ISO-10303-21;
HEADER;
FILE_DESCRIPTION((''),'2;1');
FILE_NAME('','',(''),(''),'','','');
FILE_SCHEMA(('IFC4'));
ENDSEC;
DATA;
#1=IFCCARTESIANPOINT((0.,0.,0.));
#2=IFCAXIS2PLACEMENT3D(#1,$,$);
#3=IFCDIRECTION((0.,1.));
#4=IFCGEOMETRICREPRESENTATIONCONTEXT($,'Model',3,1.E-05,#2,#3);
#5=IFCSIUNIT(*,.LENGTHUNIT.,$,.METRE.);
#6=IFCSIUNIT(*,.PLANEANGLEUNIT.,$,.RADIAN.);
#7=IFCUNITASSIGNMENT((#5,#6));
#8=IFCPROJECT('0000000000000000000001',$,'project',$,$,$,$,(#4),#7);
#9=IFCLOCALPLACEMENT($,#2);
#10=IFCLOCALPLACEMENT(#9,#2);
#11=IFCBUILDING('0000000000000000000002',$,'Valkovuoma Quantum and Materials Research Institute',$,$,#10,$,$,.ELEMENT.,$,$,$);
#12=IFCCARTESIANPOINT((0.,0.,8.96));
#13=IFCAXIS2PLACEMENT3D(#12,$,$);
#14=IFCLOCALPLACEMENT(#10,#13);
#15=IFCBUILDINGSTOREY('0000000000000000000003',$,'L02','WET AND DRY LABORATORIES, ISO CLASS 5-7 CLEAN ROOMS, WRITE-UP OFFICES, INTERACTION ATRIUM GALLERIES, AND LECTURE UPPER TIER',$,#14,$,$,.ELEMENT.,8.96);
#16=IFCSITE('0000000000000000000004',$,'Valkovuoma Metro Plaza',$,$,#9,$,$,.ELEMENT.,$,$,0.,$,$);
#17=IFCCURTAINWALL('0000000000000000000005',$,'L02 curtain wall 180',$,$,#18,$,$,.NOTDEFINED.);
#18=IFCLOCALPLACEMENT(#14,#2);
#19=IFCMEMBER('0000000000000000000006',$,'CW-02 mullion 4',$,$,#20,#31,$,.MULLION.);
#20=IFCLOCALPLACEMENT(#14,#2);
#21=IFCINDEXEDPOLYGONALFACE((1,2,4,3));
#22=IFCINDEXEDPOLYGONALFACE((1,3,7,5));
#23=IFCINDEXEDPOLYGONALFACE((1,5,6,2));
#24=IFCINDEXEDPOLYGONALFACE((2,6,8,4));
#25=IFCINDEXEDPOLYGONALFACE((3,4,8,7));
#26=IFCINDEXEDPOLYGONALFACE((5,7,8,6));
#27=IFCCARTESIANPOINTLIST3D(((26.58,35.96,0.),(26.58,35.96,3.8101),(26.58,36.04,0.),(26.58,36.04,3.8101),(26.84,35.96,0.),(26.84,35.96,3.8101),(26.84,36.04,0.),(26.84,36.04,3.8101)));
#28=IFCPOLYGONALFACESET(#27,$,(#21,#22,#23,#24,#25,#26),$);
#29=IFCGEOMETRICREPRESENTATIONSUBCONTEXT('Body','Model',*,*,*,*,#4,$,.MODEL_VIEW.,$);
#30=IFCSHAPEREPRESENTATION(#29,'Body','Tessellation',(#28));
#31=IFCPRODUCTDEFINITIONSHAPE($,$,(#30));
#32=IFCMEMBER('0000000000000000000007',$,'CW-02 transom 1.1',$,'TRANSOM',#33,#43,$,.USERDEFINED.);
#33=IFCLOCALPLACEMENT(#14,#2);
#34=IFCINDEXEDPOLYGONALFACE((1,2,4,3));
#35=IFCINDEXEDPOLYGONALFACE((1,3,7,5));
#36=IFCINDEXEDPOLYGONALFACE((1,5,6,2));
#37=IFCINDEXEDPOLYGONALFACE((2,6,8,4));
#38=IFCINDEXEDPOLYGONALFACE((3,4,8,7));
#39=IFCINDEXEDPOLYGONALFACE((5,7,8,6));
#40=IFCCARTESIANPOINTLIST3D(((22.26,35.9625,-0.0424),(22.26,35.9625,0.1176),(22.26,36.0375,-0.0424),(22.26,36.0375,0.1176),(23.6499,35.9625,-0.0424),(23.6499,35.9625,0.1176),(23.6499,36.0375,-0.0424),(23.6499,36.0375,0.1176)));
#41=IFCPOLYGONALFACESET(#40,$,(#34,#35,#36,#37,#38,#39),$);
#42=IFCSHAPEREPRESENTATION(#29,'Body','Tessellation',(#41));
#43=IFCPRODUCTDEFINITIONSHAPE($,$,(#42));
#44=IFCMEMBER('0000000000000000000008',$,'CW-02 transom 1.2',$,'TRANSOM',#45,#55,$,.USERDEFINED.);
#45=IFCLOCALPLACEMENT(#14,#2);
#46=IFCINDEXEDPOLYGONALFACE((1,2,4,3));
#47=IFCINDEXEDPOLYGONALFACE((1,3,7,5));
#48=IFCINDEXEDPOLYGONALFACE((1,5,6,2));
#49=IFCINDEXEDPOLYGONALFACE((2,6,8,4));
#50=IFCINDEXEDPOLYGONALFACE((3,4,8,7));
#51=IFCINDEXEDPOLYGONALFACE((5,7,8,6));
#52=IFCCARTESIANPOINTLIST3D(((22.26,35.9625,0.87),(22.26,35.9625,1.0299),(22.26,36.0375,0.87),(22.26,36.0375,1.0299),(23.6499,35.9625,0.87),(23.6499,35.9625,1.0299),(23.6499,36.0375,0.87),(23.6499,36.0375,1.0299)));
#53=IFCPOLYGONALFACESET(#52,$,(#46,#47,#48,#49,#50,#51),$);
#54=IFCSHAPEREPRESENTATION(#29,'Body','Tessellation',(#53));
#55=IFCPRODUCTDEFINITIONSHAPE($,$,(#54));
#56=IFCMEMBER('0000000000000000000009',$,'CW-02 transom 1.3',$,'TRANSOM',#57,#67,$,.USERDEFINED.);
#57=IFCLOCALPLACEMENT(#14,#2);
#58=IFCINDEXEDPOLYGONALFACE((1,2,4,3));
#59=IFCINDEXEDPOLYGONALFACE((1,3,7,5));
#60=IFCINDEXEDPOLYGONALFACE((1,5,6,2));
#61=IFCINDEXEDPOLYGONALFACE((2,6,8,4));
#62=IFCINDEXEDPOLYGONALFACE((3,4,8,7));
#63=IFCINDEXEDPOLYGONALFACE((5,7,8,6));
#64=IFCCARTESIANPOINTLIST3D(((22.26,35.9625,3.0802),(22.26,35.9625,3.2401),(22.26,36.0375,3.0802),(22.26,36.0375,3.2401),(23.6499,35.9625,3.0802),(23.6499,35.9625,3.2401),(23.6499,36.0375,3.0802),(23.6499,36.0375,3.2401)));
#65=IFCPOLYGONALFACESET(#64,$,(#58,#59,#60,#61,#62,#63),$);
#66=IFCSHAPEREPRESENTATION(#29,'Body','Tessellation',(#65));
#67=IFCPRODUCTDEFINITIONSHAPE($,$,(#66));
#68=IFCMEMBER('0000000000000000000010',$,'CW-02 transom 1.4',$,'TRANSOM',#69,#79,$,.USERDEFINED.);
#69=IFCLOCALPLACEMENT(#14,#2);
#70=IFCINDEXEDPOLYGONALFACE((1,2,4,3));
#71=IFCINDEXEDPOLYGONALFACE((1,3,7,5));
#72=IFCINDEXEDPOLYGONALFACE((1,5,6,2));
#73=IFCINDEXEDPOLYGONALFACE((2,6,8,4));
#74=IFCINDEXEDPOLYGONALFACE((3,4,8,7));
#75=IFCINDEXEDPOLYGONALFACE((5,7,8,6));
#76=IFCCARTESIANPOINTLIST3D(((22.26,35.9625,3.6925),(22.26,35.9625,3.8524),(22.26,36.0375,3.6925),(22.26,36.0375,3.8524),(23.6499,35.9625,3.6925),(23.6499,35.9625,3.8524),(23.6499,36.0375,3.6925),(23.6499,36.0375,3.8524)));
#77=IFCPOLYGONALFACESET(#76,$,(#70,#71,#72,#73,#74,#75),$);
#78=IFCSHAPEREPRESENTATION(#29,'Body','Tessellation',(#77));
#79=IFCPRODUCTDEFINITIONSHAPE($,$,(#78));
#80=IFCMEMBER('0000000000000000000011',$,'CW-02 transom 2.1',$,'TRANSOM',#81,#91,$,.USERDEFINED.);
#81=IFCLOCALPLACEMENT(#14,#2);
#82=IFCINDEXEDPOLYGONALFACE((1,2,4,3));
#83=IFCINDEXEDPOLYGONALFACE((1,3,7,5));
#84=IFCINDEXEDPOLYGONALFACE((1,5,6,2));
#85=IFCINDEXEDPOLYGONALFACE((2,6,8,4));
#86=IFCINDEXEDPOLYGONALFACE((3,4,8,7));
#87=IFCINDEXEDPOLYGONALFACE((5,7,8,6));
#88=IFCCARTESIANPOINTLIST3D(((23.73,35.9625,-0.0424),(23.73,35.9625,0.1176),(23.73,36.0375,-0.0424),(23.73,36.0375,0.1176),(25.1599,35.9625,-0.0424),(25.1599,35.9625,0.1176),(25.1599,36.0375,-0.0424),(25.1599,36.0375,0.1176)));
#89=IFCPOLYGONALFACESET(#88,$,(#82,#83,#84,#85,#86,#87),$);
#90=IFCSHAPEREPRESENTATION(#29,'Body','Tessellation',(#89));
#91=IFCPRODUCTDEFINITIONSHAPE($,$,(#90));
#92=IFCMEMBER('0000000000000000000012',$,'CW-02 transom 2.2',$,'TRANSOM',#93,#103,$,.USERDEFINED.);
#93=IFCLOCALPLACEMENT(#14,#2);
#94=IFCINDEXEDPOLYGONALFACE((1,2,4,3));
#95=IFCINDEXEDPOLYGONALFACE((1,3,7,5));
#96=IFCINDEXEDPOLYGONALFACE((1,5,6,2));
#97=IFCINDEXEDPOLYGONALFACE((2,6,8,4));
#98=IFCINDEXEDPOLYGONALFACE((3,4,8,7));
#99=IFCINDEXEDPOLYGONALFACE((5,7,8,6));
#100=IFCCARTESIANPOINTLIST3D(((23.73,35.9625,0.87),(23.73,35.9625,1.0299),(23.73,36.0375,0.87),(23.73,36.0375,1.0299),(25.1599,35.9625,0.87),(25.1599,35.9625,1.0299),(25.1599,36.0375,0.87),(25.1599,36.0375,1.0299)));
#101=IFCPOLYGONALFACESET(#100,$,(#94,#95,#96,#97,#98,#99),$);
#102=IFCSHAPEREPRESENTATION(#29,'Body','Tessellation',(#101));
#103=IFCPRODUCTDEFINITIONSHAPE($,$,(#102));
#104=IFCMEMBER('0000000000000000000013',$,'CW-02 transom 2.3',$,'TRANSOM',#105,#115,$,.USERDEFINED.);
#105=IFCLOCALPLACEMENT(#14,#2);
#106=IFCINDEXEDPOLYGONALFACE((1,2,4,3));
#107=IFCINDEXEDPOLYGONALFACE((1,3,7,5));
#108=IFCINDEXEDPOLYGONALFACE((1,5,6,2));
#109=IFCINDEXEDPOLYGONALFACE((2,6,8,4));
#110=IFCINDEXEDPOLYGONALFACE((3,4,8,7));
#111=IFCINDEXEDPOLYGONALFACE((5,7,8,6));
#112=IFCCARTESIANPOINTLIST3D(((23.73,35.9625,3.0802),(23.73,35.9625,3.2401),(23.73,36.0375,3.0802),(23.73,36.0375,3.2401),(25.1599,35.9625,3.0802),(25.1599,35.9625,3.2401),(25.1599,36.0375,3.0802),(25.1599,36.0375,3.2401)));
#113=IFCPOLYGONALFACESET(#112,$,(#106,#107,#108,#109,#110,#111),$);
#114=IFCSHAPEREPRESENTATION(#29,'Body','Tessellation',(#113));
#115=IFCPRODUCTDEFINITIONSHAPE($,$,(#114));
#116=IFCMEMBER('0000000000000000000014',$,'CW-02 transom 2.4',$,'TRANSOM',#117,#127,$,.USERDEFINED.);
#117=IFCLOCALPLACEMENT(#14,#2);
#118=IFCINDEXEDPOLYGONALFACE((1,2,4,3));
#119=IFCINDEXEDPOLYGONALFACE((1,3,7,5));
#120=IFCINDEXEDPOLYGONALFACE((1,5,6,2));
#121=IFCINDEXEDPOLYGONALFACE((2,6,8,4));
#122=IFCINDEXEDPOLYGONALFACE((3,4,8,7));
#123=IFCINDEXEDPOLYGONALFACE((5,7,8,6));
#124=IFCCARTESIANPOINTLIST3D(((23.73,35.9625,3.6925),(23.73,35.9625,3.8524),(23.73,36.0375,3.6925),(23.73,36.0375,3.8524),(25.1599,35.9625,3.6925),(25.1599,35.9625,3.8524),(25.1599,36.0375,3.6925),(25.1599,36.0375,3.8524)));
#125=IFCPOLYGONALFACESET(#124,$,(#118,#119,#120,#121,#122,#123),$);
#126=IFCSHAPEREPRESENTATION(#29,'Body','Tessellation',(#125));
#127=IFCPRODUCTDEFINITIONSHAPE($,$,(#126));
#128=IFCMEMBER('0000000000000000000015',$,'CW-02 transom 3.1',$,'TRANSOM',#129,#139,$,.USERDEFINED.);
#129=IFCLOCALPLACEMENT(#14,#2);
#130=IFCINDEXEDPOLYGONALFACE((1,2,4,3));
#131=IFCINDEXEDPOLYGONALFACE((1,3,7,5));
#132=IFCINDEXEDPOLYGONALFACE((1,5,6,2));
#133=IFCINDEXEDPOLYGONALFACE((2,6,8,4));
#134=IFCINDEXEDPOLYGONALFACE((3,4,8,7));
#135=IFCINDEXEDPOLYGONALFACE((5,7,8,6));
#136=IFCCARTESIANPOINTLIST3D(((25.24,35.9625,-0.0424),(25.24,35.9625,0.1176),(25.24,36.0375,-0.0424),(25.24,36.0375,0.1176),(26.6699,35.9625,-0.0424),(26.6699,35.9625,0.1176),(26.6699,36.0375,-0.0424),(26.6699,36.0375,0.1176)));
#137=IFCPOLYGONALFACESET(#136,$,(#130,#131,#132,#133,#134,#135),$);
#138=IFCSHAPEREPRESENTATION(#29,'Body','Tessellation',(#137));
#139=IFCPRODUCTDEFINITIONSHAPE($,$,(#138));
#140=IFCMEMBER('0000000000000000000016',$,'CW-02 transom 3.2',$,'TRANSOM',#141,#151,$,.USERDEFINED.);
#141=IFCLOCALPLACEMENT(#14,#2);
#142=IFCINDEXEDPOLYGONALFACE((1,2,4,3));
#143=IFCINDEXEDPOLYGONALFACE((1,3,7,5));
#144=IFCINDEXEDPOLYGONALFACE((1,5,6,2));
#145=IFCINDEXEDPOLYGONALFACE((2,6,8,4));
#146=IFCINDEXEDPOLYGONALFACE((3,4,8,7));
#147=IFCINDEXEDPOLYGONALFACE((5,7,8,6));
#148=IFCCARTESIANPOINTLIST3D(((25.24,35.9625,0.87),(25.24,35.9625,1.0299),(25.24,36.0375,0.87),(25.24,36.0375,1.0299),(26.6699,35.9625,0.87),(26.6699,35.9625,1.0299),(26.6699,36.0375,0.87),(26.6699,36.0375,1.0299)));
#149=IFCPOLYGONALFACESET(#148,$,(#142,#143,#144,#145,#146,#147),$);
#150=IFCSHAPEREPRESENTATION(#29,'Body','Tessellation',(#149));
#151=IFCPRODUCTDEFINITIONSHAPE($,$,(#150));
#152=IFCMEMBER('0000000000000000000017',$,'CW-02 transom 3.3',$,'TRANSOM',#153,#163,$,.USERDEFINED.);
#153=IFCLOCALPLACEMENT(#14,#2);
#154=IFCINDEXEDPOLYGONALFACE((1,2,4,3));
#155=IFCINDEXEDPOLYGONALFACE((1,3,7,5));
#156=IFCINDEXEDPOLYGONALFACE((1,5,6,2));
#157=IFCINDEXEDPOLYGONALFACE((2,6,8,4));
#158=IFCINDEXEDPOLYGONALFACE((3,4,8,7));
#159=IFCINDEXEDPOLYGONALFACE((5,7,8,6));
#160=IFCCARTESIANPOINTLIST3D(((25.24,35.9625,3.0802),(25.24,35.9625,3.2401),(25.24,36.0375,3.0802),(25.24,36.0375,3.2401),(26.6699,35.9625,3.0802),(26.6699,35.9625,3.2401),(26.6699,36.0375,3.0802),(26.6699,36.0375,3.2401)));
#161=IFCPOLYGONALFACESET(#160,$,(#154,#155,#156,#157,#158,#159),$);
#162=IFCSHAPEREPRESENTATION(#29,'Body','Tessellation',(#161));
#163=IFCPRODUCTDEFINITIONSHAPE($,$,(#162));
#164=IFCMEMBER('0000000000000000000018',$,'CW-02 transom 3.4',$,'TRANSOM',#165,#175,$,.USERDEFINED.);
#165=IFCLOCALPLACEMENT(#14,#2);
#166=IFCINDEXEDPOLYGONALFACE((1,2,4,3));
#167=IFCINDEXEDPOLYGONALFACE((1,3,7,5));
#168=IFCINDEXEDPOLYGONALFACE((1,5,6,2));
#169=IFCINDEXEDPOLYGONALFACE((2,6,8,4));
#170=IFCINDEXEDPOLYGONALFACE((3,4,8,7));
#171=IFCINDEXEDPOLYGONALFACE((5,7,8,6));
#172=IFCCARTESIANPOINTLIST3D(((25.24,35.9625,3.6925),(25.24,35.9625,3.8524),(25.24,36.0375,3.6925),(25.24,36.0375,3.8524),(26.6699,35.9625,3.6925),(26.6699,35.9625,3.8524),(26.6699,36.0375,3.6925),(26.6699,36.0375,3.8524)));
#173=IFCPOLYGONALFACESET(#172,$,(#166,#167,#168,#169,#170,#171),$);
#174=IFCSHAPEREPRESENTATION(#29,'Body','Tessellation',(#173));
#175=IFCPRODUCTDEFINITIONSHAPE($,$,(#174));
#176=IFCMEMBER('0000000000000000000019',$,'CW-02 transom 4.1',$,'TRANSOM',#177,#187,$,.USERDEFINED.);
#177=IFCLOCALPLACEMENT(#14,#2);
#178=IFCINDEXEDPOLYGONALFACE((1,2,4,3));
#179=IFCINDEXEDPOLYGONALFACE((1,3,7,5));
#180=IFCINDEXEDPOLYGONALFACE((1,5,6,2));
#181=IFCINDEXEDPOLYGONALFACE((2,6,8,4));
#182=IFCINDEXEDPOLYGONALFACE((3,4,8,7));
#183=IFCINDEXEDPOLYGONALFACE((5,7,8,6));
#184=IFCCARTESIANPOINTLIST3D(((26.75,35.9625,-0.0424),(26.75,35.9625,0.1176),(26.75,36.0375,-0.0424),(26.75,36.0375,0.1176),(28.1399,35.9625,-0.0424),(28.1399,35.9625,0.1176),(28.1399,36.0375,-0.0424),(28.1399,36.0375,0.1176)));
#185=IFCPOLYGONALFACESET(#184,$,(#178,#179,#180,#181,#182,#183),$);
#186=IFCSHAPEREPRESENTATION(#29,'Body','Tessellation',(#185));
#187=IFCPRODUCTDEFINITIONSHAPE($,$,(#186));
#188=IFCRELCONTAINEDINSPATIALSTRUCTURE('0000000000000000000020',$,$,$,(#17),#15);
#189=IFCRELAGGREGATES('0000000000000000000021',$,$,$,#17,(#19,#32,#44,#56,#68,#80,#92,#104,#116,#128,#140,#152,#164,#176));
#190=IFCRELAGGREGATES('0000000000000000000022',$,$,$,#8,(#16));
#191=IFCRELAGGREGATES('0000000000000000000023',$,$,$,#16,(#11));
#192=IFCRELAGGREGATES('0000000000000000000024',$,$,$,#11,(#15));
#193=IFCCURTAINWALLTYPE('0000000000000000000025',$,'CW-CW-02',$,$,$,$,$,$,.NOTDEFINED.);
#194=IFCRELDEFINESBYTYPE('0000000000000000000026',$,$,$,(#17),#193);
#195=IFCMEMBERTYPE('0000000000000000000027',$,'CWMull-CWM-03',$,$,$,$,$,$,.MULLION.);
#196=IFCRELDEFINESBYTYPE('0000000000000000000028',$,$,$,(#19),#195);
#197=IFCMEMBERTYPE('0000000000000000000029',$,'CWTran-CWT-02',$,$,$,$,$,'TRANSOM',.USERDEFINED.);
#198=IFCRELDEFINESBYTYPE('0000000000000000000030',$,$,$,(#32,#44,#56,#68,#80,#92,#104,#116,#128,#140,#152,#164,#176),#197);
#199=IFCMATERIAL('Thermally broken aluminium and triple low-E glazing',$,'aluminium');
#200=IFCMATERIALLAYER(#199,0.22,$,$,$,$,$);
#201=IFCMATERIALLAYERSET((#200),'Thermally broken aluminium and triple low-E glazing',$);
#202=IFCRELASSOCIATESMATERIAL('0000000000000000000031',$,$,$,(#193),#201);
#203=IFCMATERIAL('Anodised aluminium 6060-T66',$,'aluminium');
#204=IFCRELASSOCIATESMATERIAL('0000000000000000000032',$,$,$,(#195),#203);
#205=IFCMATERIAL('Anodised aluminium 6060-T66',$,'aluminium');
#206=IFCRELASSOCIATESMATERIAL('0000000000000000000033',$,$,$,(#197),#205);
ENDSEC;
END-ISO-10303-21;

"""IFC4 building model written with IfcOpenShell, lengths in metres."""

from ifc_helpers import new_model, si_unit, direction, frame, origin, origin_2d, place, context, subcontext, project, spatial, rectangle, extrude, material, layer, layer_set, material_profile, profile_set, type_object, element, aggregate, save


model = new_model("IFC4")

# Units and contexts
model_context = context("Model", 3, precision=1e-05, world=origin(), true_north=direction((0.0, 1.0)))
body_context = subcontext(model_context, "Body", "Model", "MODEL_VIEW")
ifc_project = project(units=[si_unit("LENGTHUNIT", "METRE"), si_unit("PLANEANGLEUNIT", "RADIAN")], contexts=[model_context])

# Site, building, storey
site_placement = place(None, origin())
site = spatial("IfcSite", under=ifc_project, at=site_placement, Name="Valkovuoma Metro Plaza", CompositionType="ELEMENT", RefElevation=0.0)
building_placement = place(site_placement, origin())
building = spatial("IfcBuilding", under=site, at=building_placement, Name="Valkovuoma Quantum and Materials Research Institute", CompositionType="ELEMENT")
storey_placement = place(building_placement, frame((0.0, 0.0, 8.96)))
storey = spatial("IfcBuildingStorey", under=building, at=storey_placement, Name="L02", Description="WET AND DRY LABORATORIES, ISO CLASS 5-7 CLEAN ROOMS, WRITE-UP OFFICES, INTERACTION ATRIUM GALLERIES, AND LECTURE UPPER TIER", CompositionType="ELEMENT", Elevation=8.96)

# Shared definitions
ifc_material_1 = material(Name="Thermally broken aluminium and triple low-E glazing", Category="aluminium")
ifc_layer_1 = layer(ifc_material_1, 0.22)
ifc_layer_set_1 = layer_set([ifc_layer_1], Name="Thermally broken aluminium and triple low-E glazing")
curtain_wall_type = type_object("IfcCurtainWallType", Name="CW-CW-02", PredefinedType="NOTDEFINED", material=ifc_layer_set_1)
ifc_material_2 = material(Name="Anodised aluminium 6060-T66", Category="aluminium")
ifc_material_profile_1 = material_profile(ifc_material_2, rectangle(XDim=0.0801, YDim=0.26, at=origin_2d()), Name="Anodised aluminium 6060-T66")
ifc_profile_set_1 = profile_set([ifc_material_profile_1], Name="Anodised aluminium 6060-T66")
member_type_1 = type_object("IfcMemberType", Name="CWMull-CWM-03", PredefinedType="MULLION", material=ifc_profile_set_1)

# Curtain wall, members
curtain_wall_1_placement = place(storey_placement, origin())
curtain_wall_1 = element("IfcCurtainWall", 1, at=curtain_wall_1_placement, inside=storey, type_object=curtain_wall_type, Name="L02 curtain wall 180", PredefinedType="NOTDEFINED")
member_1_placement = place(storey_placement, frame((26.71, 36.0, 0.0), z_axis=(0.0, 0.0, 1.0), x_axis=(0.0, 1.0, 0.0)))
member_1 = element("IfcMember", 2, at=member_1_placement, type_object=member_type_1, Name="CW-02 mullion 4", PredefinedType="MULLION", context=body_context, shape_type="SweptSolid", body=[
    extrude(rectangle(XDim=0.0801, YDim=0.26, at=origin_2d()), origin(), (0.0, 0.0, 1.0), 3.8101),
])
ifc_material_3 = material(Name="Anodised aluminium 6060-T66", Category="aluminium")
ifc_material_profile_2 = material_profile(ifc_material_3, rectangle(XDim=0.075, YDim=0.1599, at=origin_2d()), Name="Anodised aluminium 6060-T66")
ifc_profile_set_2 = profile_set([ifc_material_profile_2], Name="Anodised aluminium 6060-T66")
member_type_2 = type_object("IfcMemberType", Name="CWTran-CWT-02", ElementType="TRANSOM", PredefinedType="USERDEFINED", material=ifc_profile_set_2)
member_2_placement = place(storey_placement, frame((22.26, 36.0, 0.0376), z_axis=(1.0, 0.0, 0.0), x_axis=(0.0, 1.0, 0.0)))
member_2 = element("IfcMember", 3, at=member_2_placement, type_object=member_type_2, Name="CW-02 transom 1.1", ObjectType="TRANSOM", PredefinedType="USERDEFINED", context=body_context, shape_type="SweptSolid", body=[
    extrude(rectangle(XDim=0.075, YDim=0.1599, at=origin_2d()), origin(), (0.0, 0.0, 1.0), 1.3899),
])
member_3_placement = place(storey_placement, frame((22.26, 36.0, 0.95), z_axis=(1.0, 0.0, 0.0), x_axis=(0.0, 1.0, 0.0)))
member_3 = element("IfcMember", 4, at=member_3_placement, type_object=member_type_2, Name="CW-02 transom 1.2", ObjectType="TRANSOM", PredefinedType="USERDEFINED", context=body_context, shape_type="SweptSolid", body=[
    extrude(rectangle(XDim=0.075, YDim=0.1599, at=origin_2d()), origin(), (0.0, 0.0, 1.0), 1.3899),
])
member_4_placement = place(storey_placement, frame((22.26, 36.0, 3.1602), z_axis=(1.0, 0.0, 0.0), x_axis=(0.0, 1.0, 0.0)))
member_4 = element("IfcMember", 5, at=member_4_placement, type_object=member_type_2, Name="CW-02 transom 1.3", ObjectType="TRANSOM", PredefinedType="USERDEFINED", context=body_context, shape_type="SweptSolid", body=[
    extrude(rectangle(XDim=0.075, YDim=0.1599, at=origin_2d()), origin(), (0.0, 0.0, 1.0), 1.3899),
])
member_5_placement = place(storey_placement, frame((22.26, 36.0, 3.7725), z_axis=(1.0, 0.0, 0.0), x_axis=(0.0, 1.0, 0.0)))
member_5 = element("IfcMember", 6, at=member_5_placement, type_object=member_type_2, Name="CW-02 transom 1.4", ObjectType="TRANSOM", PredefinedType="USERDEFINED", context=body_context, shape_type="SweptSolid", body=[
    extrude(rectangle(XDim=0.075, YDim=0.1599, at=origin_2d()), origin(), (0.0, 0.0, 1.0), 1.3899),
])
member_6_placement = place(storey_placement, frame((23.73, 36.0, 0.0376), z_axis=(1.0, 0.0, 0.0), x_axis=(0.0, 1.0, 0.0)))
member_6 = element("IfcMember", 7, at=member_6_placement, type_object=member_type_2, Name="CW-02 transom 2.1", ObjectType="TRANSOM", PredefinedType="USERDEFINED", context=body_context, shape_type="SweptSolid", body=[
    extrude(rectangle(XDim=0.075, YDim=0.1599, at=origin_2d()), origin(), (0.0, 0.0, 1.0), 1.4299),
])
member_7_placement = place(storey_placement, frame((23.73, 36.0, 0.95), z_axis=(1.0, 0.0, 0.0), x_axis=(0.0, 1.0, 0.0)))
member_7 = element("IfcMember", 8, at=member_7_placement, type_object=member_type_2, Name="CW-02 transom 2.2", ObjectType="TRANSOM", PredefinedType="USERDEFINED", context=body_context, shape_type="SweptSolid", body=[
    extrude(rectangle(XDim=0.075, YDim=0.1599, at=origin_2d()), origin(), (0.0, 0.0, 1.0), 1.4299),
])
member_8_placement = place(storey_placement, frame((23.73, 36.0, 3.1602), z_axis=(1.0, 0.0, 0.0), x_axis=(0.0, 1.0, 0.0)))
member_8 = element("IfcMember", 9, at=member_8_placement, type_object=member_type_2, Name="CW-02 transom 2.3", ObjectType="TRANSOM", PredefinedType="USERDEFINED", context=body_context, shape_type="SweptSolid", body=[
    extrude(rectangle(XDim=0.075, YDim=0.1599, at=origin_2d()), origin(), (0.0, 0.0, 1.0), 1.4299),
])
member_9_placement = place(storey_placement, frame((23.73, 36.0, 3.7725), z_axis=(1.0, 0.0, 0.0), x_axis=(0.0, 1.0, 0.0)))
member_9 = element("IfcMember", 10, at=member_9_placement, type_object=member_type_2, Name="CW-02 transom 2.4", ObjectType="TRANSOM", PredefinedType="USERDEFINED", context=body_context, shape_type="SweptSolid", body=[
    extrude(rectangle(XDim=0.075, YDim=0.1599, at=origin_2d()), origin(), (0.0, 0.0, 1.0), 1.4299),
])
member_10_placement = place(storey_placement, frame((25.24, 36.0, 0.0376), z_axis=(1.0, 0.0, 0.0), x_axis=(0.0, 1.0, 0.0)))
member_10 = element("IfcMember", 11, at=member_10_placement, type_object=member_type_2, Name="CW-02 transom 3.1", ObjectType="TRANSOM", PredefinedType="USERDEFINED", context=body_context, shape_type="SweptSolid", body=[
    extrude(rectangle(XDim=0.075, YDim=0.1599, at=origin_2d()), origin(), (0.0, 0.0, 1.0), 1.4299),
])
member_11_placement = place(storey_placement, frame((25.24, 36.0, 0.95), z_axis=(1.0, 0.0, 0.0), x_axis=(0.0, 1.0, 0.0)))
member_11 = element("IfcMember", 12, at=member_11_placement, type_object=member_type_2, Name="CW-02 transom 3.2", ObjectType="TRANSOM", PredefinedType="USERDEFINED", context=body_context, shape_type="SweptSolid", body=[
    extrude(rectangle(XDim=0.075, YDim=0.1599, at=origin_2d()), origin(), (0.0, 0.0, 1.0), 1.4299),
])
member_12_placement = place(storey_placement, frame((25.24, 36.0, 3.1602), z_axis=(1.0, 0.0, 0.0), x_axis=(0.0, 1.0, 0.0)))
member_12 = element("IfcMember", 13, at=member_12_placement, type_object=member_type_2, Name="CW-02 transom 3.3", ObjectType="TRANSOM", PredefinedType="USERDEFINED", context=body_context, shape_type="SweptSolid", body=[
    extrude(rectangle(XDim=0.075, YDim=0.1599, at=origin_2d()), origin(), (0.0, 0.0, 1.0), 1.4299),
])
member_13_placement = place(storey_placement, frame((25.24, 36.0, 3.7725), z_axis=(1.0, 0.0, 0.0), x_axis=(0.0, 1.0, 0.0)))
member_13 = element("IfcMember", 14, at=member_13_placement, type_object=member_type_2, Name="CW-02 transom 3.4", ObjectType="TRANSOM", PredefinedType="USERDEFINED", context=body_context, shape_type="SweptSolid", body=[
    extrude(rectangle(XDim=0.075, YDim=0.1599, at=origin_2d()), origin(), (0.0, 0.0, 1.0), 1.4299),
])
member_14_placement = place(storey_placement, frame((26.75, 36.0, 0.0376), z_axis=(1.0, 0.0, 0.0), x_axis=(0.0, 1.0, 0.0)))
member_14 = element("IfcMember", 15, at=member_14_placement, type_object=member_type_2, Name="CW-02 transom 4.1", ObjectType="TRANSOM", PredefinedType="USERDEFINED", context=body_context, shape_type="SweptSolid", body=[
    extrude(rectangle(XDim=0.075, YDim=0.1599, at=origin_2d()), origin(), (0.0, 0.0, 1.0), 1.3899),
])

aggregate(curtain_wall_1, [member_1, member_2, member_3, member_4, member_5, member_6, member_7, member_8, member_9, member_10, member_11, member_12, member_13, member_14])

save(model, "model.ifc")
